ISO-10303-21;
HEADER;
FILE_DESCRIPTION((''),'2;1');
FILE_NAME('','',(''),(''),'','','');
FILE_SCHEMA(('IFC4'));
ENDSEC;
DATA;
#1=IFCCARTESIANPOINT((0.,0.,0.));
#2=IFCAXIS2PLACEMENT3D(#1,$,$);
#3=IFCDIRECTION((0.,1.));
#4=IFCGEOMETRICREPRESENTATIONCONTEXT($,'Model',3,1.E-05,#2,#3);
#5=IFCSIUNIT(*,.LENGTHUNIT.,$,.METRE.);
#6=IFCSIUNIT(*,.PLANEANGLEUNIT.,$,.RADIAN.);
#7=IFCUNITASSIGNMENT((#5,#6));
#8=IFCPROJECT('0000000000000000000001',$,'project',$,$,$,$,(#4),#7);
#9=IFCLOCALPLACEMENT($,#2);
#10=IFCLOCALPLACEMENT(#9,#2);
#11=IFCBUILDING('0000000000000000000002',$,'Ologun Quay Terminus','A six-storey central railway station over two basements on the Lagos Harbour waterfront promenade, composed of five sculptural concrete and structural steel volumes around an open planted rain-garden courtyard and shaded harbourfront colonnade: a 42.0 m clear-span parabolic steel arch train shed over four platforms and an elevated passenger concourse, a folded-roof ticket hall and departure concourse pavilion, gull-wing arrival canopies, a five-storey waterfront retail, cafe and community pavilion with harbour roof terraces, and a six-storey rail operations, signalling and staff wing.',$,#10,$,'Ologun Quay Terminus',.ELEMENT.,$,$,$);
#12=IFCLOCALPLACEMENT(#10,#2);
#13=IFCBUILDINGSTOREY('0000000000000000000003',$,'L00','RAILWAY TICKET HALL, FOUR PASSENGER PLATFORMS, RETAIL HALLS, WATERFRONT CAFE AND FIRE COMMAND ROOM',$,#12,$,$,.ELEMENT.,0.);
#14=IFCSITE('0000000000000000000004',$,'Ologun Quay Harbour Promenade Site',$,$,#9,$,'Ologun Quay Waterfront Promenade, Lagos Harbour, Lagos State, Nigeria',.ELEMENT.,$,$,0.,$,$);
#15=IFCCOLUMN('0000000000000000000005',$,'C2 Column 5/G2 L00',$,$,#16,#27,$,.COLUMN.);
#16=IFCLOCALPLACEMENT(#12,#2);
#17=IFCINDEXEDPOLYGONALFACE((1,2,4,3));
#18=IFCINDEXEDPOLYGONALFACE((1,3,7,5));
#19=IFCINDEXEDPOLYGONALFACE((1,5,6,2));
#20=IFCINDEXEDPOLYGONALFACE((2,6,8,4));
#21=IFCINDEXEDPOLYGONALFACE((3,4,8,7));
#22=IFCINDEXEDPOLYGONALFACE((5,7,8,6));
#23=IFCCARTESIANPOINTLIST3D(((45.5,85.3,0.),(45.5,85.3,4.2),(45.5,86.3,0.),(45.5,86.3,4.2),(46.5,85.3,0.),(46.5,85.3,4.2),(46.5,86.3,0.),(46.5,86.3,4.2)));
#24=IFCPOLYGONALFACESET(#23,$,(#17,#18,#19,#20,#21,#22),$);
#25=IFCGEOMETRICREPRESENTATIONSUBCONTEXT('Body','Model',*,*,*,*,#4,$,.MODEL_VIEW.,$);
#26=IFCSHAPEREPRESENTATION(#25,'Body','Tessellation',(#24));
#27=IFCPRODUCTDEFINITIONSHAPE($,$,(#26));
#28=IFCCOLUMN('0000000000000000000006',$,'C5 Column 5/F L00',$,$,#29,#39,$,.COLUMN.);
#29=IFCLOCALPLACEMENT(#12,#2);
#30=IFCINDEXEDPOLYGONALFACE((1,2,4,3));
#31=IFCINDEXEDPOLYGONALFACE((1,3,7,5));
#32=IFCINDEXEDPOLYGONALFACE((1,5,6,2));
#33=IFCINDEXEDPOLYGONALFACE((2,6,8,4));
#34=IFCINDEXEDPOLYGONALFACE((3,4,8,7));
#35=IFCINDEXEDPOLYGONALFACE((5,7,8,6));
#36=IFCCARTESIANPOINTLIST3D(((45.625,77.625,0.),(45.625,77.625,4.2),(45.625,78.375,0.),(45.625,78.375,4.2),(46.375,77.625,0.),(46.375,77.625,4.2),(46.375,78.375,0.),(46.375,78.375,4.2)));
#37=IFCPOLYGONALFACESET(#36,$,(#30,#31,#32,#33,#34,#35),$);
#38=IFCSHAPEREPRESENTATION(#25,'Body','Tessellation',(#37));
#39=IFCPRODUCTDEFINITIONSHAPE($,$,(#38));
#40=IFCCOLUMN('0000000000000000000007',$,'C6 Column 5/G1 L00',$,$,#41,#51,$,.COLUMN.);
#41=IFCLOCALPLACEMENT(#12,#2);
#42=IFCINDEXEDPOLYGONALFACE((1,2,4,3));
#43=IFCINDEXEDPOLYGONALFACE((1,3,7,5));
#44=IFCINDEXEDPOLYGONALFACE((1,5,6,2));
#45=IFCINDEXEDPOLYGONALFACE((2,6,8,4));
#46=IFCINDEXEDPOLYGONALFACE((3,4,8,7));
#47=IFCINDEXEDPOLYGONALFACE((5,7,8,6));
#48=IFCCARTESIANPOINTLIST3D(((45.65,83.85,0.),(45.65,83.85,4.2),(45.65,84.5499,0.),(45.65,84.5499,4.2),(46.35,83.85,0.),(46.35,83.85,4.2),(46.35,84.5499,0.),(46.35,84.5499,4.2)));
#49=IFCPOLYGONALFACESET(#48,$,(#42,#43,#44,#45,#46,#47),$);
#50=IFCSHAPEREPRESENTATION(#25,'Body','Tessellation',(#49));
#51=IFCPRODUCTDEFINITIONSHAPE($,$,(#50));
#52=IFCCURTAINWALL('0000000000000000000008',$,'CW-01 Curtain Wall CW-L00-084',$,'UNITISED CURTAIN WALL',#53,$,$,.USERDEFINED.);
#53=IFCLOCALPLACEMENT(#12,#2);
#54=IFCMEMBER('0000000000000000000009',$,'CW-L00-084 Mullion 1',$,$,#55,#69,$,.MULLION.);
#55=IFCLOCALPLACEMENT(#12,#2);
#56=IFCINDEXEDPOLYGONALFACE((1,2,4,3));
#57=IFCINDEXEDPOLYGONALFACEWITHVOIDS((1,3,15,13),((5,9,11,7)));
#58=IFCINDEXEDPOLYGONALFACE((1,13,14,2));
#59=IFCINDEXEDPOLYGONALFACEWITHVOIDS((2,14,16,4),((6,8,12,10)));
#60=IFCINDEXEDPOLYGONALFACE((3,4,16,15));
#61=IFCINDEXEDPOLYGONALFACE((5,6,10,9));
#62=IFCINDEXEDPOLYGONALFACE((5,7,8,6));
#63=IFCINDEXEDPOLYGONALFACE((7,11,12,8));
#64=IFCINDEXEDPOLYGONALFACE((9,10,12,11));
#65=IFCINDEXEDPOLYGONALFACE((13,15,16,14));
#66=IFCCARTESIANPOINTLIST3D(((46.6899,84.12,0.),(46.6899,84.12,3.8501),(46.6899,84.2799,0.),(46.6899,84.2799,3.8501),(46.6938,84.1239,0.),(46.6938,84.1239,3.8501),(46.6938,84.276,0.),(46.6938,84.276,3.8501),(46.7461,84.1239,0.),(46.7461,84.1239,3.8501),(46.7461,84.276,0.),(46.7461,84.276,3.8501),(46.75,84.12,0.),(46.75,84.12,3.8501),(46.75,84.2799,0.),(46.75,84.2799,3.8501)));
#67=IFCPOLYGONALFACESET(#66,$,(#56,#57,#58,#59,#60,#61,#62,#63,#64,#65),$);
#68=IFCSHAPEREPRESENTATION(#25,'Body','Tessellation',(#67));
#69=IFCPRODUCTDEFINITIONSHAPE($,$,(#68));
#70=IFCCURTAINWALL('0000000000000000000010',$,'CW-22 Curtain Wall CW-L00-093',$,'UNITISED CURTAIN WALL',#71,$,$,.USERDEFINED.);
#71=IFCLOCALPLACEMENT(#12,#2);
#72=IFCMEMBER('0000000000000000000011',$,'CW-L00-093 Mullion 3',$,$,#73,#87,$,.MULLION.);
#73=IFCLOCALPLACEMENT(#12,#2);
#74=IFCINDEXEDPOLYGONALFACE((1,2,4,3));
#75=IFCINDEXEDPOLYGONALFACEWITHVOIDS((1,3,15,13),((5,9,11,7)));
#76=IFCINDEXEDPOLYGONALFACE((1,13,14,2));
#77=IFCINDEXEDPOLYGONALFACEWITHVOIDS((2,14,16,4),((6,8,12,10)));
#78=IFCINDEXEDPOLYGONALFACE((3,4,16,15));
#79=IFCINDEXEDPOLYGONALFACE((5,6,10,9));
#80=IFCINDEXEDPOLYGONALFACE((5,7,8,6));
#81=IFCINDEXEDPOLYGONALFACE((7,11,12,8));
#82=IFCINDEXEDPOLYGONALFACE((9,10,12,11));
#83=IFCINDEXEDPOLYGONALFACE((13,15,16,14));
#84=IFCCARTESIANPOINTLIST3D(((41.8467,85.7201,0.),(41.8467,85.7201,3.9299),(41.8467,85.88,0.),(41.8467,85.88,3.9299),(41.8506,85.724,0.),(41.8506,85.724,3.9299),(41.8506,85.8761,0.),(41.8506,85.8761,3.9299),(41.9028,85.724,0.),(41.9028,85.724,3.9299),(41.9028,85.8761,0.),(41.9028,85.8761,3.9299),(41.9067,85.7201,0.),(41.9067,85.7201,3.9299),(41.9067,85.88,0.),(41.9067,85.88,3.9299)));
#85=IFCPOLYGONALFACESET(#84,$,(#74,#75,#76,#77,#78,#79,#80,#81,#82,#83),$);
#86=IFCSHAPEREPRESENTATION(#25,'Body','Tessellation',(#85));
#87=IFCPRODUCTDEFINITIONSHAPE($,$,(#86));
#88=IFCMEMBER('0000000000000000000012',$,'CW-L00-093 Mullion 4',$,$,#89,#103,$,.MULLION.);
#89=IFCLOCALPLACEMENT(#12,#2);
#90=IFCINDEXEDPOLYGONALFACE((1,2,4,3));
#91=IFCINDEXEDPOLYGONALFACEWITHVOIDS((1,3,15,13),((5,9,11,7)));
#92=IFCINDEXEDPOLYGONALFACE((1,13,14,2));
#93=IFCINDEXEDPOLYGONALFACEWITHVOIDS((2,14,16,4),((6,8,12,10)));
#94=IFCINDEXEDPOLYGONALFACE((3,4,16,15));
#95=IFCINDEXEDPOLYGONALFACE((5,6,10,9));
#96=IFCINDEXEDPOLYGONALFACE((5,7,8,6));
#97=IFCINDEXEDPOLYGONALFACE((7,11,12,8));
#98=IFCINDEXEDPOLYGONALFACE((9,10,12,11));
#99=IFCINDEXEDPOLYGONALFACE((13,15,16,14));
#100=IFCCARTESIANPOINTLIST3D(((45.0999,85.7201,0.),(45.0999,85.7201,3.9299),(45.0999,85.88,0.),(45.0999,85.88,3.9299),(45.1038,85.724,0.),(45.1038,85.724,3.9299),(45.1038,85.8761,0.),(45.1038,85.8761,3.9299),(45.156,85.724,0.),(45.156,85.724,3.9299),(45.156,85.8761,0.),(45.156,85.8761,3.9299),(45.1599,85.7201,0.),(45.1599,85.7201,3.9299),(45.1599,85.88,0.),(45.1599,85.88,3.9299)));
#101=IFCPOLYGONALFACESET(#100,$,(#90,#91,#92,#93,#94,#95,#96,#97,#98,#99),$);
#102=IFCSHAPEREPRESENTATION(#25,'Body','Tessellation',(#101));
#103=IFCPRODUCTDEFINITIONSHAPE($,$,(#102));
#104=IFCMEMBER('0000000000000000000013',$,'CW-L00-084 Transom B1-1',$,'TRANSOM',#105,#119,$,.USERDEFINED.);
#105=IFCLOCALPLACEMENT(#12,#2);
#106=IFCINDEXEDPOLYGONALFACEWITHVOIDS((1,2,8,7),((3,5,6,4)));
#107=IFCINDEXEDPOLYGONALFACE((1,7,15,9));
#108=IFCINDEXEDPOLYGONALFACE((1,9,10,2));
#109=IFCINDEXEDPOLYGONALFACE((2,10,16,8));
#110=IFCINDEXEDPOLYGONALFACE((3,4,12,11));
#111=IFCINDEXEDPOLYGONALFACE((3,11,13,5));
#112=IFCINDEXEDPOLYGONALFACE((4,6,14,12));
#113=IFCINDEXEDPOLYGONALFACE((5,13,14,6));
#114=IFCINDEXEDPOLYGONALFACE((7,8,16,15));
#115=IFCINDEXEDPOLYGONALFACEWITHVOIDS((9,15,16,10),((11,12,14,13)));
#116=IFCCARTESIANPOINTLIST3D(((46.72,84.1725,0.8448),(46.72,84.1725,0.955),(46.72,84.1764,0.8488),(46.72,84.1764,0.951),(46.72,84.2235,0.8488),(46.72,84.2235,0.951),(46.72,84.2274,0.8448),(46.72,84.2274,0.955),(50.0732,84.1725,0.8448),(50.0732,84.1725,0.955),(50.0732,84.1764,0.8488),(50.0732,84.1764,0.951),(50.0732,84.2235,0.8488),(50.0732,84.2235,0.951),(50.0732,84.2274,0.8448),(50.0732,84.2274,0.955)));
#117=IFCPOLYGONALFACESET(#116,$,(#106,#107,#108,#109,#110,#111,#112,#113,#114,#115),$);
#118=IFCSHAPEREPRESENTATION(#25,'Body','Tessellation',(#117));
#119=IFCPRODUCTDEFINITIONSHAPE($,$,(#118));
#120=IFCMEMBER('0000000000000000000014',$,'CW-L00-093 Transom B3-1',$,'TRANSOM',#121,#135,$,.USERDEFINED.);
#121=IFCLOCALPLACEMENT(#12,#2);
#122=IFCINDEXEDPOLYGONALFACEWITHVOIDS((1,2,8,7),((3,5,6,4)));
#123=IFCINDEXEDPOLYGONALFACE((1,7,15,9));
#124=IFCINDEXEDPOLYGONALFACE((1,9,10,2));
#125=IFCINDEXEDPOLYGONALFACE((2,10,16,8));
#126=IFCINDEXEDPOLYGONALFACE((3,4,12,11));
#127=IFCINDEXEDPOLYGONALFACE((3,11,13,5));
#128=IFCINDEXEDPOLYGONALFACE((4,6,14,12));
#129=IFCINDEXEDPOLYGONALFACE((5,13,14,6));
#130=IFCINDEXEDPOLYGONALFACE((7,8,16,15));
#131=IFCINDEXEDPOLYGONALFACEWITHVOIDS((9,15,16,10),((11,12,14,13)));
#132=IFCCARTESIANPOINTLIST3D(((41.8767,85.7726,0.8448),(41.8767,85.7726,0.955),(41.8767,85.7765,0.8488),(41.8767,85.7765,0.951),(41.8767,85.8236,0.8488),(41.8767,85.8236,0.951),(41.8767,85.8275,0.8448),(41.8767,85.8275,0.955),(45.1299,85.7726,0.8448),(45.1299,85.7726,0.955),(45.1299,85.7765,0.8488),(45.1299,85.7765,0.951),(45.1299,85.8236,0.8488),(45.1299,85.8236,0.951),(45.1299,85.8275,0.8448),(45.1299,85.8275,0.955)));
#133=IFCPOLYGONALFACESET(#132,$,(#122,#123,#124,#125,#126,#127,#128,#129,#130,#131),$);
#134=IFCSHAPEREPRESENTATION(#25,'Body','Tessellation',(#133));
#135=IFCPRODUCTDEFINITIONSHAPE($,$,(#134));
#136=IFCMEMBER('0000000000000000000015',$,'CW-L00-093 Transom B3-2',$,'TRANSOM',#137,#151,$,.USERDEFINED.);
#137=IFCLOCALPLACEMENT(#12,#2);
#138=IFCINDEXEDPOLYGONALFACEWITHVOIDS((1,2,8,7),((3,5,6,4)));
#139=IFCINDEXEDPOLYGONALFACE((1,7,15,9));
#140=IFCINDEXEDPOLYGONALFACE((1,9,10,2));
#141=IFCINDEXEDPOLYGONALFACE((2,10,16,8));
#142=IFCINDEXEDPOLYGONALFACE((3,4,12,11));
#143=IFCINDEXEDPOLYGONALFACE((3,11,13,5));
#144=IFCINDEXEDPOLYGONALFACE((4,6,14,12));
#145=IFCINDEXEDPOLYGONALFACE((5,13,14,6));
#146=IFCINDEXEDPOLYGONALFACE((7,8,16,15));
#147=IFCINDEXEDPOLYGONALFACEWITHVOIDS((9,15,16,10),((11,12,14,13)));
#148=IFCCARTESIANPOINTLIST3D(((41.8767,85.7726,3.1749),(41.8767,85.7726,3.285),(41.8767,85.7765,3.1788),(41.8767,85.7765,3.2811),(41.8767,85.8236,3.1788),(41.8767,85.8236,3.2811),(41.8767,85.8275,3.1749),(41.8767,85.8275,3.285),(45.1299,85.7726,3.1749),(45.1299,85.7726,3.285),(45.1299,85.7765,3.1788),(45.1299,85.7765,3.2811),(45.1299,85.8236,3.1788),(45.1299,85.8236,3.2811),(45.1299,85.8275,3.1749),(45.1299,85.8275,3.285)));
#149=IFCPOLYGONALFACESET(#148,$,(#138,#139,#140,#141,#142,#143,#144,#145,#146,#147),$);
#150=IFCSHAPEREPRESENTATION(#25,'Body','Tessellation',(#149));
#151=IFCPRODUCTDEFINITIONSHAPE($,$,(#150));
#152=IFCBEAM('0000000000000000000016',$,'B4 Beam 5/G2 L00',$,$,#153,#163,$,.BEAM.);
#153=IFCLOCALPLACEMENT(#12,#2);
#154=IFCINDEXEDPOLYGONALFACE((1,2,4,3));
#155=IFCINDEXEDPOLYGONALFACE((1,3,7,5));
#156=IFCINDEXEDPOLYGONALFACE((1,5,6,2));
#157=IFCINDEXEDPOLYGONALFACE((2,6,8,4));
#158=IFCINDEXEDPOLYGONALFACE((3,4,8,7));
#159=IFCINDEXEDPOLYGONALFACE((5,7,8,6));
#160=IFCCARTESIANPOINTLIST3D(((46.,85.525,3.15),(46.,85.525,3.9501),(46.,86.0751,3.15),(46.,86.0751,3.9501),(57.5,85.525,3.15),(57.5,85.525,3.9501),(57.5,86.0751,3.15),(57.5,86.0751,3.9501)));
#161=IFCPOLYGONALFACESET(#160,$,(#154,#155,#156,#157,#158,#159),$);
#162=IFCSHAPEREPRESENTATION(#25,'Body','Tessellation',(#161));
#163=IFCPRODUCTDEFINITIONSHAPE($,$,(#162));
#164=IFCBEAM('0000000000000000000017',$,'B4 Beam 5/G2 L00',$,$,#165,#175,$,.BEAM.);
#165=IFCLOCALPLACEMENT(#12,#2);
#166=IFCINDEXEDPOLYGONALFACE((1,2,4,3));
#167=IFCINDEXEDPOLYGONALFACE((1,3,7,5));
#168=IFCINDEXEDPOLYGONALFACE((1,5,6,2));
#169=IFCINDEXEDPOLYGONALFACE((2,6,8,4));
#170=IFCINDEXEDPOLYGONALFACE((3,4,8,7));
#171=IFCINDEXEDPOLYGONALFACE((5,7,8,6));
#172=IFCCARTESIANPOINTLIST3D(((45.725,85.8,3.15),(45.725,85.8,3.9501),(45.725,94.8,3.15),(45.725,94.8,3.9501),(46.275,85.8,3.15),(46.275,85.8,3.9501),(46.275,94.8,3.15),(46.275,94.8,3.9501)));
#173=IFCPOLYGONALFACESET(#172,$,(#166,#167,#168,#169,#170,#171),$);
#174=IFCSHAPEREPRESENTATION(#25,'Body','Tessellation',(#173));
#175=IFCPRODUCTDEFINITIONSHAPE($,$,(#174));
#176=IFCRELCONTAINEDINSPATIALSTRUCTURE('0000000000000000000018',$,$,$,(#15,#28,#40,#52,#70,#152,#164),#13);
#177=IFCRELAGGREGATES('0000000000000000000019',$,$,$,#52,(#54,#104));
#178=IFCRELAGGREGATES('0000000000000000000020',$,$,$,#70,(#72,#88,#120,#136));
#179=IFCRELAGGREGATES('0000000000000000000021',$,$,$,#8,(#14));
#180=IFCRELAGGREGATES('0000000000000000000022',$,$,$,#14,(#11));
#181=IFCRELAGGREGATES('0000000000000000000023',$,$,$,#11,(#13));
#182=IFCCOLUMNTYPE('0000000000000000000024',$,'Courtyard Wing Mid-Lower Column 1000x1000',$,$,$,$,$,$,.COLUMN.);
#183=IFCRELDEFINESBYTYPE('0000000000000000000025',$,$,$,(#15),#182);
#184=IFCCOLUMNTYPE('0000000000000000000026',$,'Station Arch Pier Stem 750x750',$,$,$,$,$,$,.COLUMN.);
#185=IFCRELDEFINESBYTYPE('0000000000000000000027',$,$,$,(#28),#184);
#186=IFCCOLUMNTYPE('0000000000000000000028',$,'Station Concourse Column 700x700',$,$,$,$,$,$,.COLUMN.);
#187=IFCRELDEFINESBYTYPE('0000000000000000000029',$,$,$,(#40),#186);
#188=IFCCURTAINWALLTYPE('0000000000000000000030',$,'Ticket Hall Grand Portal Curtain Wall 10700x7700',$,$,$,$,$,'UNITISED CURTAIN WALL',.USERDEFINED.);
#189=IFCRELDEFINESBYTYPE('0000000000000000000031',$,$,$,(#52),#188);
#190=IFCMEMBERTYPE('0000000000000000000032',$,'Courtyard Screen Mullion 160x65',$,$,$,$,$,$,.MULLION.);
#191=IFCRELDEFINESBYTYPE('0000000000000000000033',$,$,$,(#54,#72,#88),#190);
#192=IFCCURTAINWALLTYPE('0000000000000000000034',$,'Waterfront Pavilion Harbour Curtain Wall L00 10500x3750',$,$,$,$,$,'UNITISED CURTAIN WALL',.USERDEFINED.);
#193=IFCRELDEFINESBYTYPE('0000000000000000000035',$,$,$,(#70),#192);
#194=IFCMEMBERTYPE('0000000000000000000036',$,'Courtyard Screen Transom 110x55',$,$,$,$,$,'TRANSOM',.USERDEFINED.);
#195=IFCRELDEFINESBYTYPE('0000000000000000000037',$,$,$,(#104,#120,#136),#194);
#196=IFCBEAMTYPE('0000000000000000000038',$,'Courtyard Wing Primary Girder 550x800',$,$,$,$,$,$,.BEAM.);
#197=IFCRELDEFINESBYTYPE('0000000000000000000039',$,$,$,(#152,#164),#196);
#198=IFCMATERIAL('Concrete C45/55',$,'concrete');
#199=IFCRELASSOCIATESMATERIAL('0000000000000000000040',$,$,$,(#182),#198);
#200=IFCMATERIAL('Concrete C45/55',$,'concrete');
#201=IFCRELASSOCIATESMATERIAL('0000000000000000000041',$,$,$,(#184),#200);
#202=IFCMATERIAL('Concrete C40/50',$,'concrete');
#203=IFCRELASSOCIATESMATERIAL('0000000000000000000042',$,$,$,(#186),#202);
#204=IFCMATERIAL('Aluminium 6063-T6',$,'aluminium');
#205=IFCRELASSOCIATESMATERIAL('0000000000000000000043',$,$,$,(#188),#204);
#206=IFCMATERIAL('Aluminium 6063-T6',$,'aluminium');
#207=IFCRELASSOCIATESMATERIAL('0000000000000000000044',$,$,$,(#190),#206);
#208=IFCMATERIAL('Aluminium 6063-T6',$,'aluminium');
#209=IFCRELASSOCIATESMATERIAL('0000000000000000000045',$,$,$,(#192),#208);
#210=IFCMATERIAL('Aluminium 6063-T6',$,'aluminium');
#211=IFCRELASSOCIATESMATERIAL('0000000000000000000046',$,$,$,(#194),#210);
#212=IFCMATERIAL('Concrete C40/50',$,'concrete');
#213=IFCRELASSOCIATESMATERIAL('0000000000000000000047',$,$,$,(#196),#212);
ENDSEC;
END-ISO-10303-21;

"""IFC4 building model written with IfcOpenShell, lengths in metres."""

from ifc_helpers import new_model, si_unit, direction, frame, origin, origin_2d, place, context, subcontext, project, spatial, rectangle, hollow_rectangle, extrude, material, material_profile, profile_set, type_object, element, aggregate, save


model = new_model("IFC4")

# Units and contexts
model_context = context("Model", 3, precision=1e-05, world=origin(), true_north=direction((0.0, 1.0)))
body_context = subcontext(model_context, "Body", "Model", "MODEL_VIEW")
ifc_project = project(units=[si_unit("LENGTHUNIT", "METRE"), si_unit("PLANEANGLEUNIT", "RADIAN")], contexts=[model_context])

# Site, building, storey
site_placement = place(None, origin())
site = spatial("IfcSite", under=ifc_project, at=site_placement, Name="Ologun Quay Harbour Promenade Site", LongName="Ologun Quay Waterfront Promenade, Lagos Harbour, Lagos State, Nigeria", CompositionType="ELEMENT", RefElevation=0.0)
building_placement = place(site_placement, origin())
building = spatial("IfcBuilding", under=site, at=building_placement, Name="Ologun Quay Terminus", Description="A six-storey central railway station over two basements on the Lagos Harbour waterfront promenade, composed of five sculptural concrete and structural steel volumes around an open planted rain-garden courtyard and shaded harbourfront colonnade: a 42.0 m clear-span parabolic steel arch train shed over four platforms and an elevated passenger concourse, a folded-roof ticket hall and departure concourse pavilion, gull-wing arrival canopies, a five-storey waterfront retail, cafe and community pavilion with harbour roof terraces, and a six-storey rail operations, signalling and staff wing.", LongName="Ologun Quay Terminus", CompositionType="ELEMENT")
storey_placement = place(building_placement, origin())
storey = spatial("IfcBuildingStorey", under=building, at=storey_placement, Name="L00", Description="RAILWAY TICKET HALL, FOUR PASSENGER PLATFORMS, RETAIL HALLS, WATERFRONT CAFE AND FIRE COMMAND ROOM", CompositionType="ELEMENT", Elevation=0.0)

# Columns
ifc_material_1 = material(Name="Concrete C45/55", Category="concrete")
ifc_material_profile_1 = material_profile(ifc_material_1, rectangle(XDim=1.0, YDim=1.0, at=origin_2d()), Name="RC 1000x1000")
ifc_profile_set_1 = profile_set([ifc_material_profile_1], Name="Concrete C45/55")
column_type_1 = type_object("IfcColumnType", Name="Courtyard Wing Mid-Lower Column 1000x1000", PredefinedType="COLUMN", material=ifc_profile_set_1)
column_1_placement = place(storey_placement, frame((46.0, 85.8, 0.0), z_axis=(0.0, 0.0, 1.0), x_axis=(1.0, 0.0, 0.0)))
element("IfcColumn", 1, at=column_1_placement, inside=storey, type_object=column_type_1, Name="C2 Column 5/G2 L00", PredefinedType="COLUMN", context=body_context, shape_type="SweptSolid", body=[
    extrude(rectangle(XDim=1.0, YDim=1.0, at=origin_2d()), origin(), (0.0, 0.0, 1.0), 4.2),
])
ifc_material_2 = material(Name="Concrete C45/55", Category="concrete")
ifc_material_profile_2 = material_profile(ifc_material_2, rectangle(XDim=0.75, YDim=0.75, at=origin_2d()), Name="RC 750x750")
ifc_profile_set_2 = profile_set([ifc_material_profile_2], Name="Concrete C45/55")
column_type_2 = type_object("IfcColumnType", Name="Station Arch Pier Stem 750x750", PredefinedType="COLUMN", material=ifc_profile_set_2)
column_2_placement = place(storey_placement, frame((46.0, 78.0, 0.0), z_axis=(0.0, 0.0, 1.0), x_axis=(1.0, 0.0, 0.0)))
element("IfcColumn", 2, at=column_2_placement, inside=storey, type_object=column_type_2, Name="C5 Column 5/F L00", PredefinedType="COLUMN", context=body_context, shape_type="SweptSolid", body=[
    extrude(rectangle(XDim=0.75, YDim=0.75, at=origin_2d()), origin(), (0.0, 0.0, 1.0), 4.2),
])
ifc_material_3 = material(Name="Concrete C40/50", Category="concrete")
ifc_material_profile_3 = material_profile(ifc_material_3, rectangle(XDim=0.7, YDim=0.7, at=origin_2d()), Name="RC 700x700")
ifc_profile_set_3 = profile_set([ifc_material_profile_3], Name="Concrete C40/50")
column_type_3 = type_object("IfcColumnType", Name="Station Concourse Column 700x700", PredefinedType="COLUMN", material=ifc_profile_set_3)
column_3_placement = place(storey_placement, frame((46.0, 84.2, 0.0), z_axis=(0.0, 0.0, 1.0), x_axis=(1.0, 0.0, 0.0)))
element("IfcColumn", 3, at=column_3_placement, inside=storey, type_object=column_type_3, Name="C6 Column 5/G1 L00", PredefinedType="COLUMN", context=body_context, shape_type="SweptSolid", body=[
    extrude(rectangle(XDim=0.7, YDim=0.7, at=origin_2d()), origin(), (0.0, 0.0, 1.0), 4.2),
])

# Curtain wall, member
ifc_material_4 = material(Name="Aluminium 6063-T6", Category="aluminium")
curtain_wall_type_1 = type_object("IfcCurtainWallType", Name="Ticket Hall Grand Portal Curtain Wall 10700x7700", ElementType="UNITISED CURTAIN WALL", PredefinedType="USERDEFINED", material=ifc_material_4)
curtain_wall_1_placement = place(storey_placement, origin())
curtain_wall_1 = element("IfcCurtainWall", 4, at=curtain_wall_1_placement, inside=storey, type_object=curtain_wall_type_1, Name="CW-01 Curtain Wall CW-L00-084", ObjectType="UNITISED CURTAIN WALL", PredefinedType="USERDEFINED")
ifc_material_5 = material(Name="Aluminium 6063-T6", Category="aluminium")
ifc_material_profile_4 = material_profile(ifc_material_5, hollow_rectangle(XDim=0.0601, YDim=0.1599, WallThickness=0.0039, at=origin_2d()), Name="ALU 160x60x4")
ifc_profile_set_4 = profile_set([ifc_material_profile_4], Name="Aluminium 6063-T6")
member_type_1 = type_object("IfcMemberType", Name="Courtyard Screen Mullion 160x65", PredefinedType="MULLION", material=ifc_profile_set_4)
member_1_placement = place(storey_placement, frame((46.72, 84.2, 0.0), z_axis=(0.0, 0.0, 1.0), x_axis=(1.0, 0.0, 0.0)))
member_1 = element("IfcMember", 5, at=member_1_placement, type_object=member_type_1, Name="CW-L00-084 Mullion 1", PredefinedType="MULLION", context=body_context, shape_type="SweptSolid", body=[
    extrude(hollow_rectangle(XDim=0.0601, YDim=0.1599, WallThickness=0.0039, at=origin_2d()), origin(), (0.0, 0.0, 1.0), 3.8501),
])

# Curtain wall, members
ifc_material_6 = material(Name="Aluminium 6063-T6", Category="aluminium")
curtain_wall_type_2 = type_object("IfcCurtainWallType", Name="Waterfront Pavilion Harbour Curtain Wall L00 10500x3750", ElementType="UNITISED CURTAIN WALL", PredefinedType="USERDEFINED", material=ifc_material_6)
curtain_wall_2_placement = place(storey_placement, origin())
curtain_wall_2 = element("IfcCurtainWall", 6, at=curtain_wall_2_placement, inside=storey, type_object=curtain_wall_type_2, Name="CW-22 Curtain Wall CW-L00-093", ObjectType="UNITISED CURTAIN WALL", PredefinedType="USERDEFINED")
member_2_placement = place(storey_placement, frame((41.8767, 85.8, 0.0), z_axis=(0.0, 0.0, 1.0), x_axis=(1.0, 0.0, 0.0)))
member_2 = element("IfcMember", 7, at=member_2_placement, type_object=member_type_1, Name="CW-L00-093 Mullion 3", PredefinedType="MULLION", context=body_context, shape_type="SweptSolid", body=[
    extrude(hollow_rectangle(XDim=0.0601, YDim=0.1599, WallThickness=0.0039, at=origin_2d()), origin(), (0.0, 0.0, 1.0), 3.9299),
])
member_3_placement = place(storey_placement, frame((45.1299, 85.8, 0.0), z_axis=(0.0, 0.0, 1.0), x_axis=(1.0, 0.0, 0.0)))
member_3 = element("IfcMember", 8, at=member_3_placement, type_object=member_type_1, Name="CW-L00-093 Mullion 4", PredefinedType="MULLION", context=body_context, shape_type="SweptSolid", body=[
    extrude(hollow_rectangle(XDim=0.0601, YDim=0.1599, WallThickness=0.0039, at=origin_2d()), origin(), (0.0, 0.0, 1.0), 3.9299),
])

# Members
ifc_material_7 = material(Name="Aluminium 6063-T6", Category="aluminium")
ifc_material_profile_5 = material_profile(ifc_material_7, hollow_rectangle(XDim=0.0549, YDim=0.1101, WallThickness=0.0039, at=origin_2d()), Name="ALU 110x55x4")
ifc_profile_set_5 = profile_set([ifc_material_profile_5], Name="Aluminium 6063-T6")
member_type_2 = type_object("IfcMemberType", Name="Courtyard Screen Transom 110x55", ElementType="TRANSOM", PredefinedType="USERDEFINED", material=ifc_profile_set_5)
member_4_placement = place(storey_placement, frame((46.72, 84.2, 0.8999), z_axis=(1.0, 0.0, 0.0), x_axis=(0.0, 1.0, 0.0)))
member_4 = element("IfcMember", 9, at=member_4_placement, type_object=member_type_2, Name="CW-L00-084 Transom B1-1", ObjectType="TRANSOM", PredefinedType="USERDEFINED", context=body_context, shape_type="SweptSolid", body=[
    extrude(hollow_rectangle(XDim=0.0549, YDim=0.1101, WallThickness=0.0039, at=origin_2d()), origin(), (0.0, 0.0, 1.0), 3.3533),
])
aggregate(curtain_wall_1, [member_1, member_4])
member_5_placement = place(storey_placement, frame((41.8767, 85.8, 0.8999), z_axis=(1.0, 0.0, 0.0), x_axis=(0.0, 1.0, 0.0)))
member_5 = element("IfcMember", 10, at=member_5_placement, type_object=member_type_2, Name="CW-L00-093 Transom B3-1", ObjectType="TRANSOM", PredefinedType="USERDEFINED", context=body_context, shape_type="SweptSolid", body=[
    extrude(hollow_rectangle(XDim=0.0549, YDim=0.1101, WallThickness=0.0039, at=origin_2d()), origin(), (0.0, 0.0, 1.0), 3.2532),
])
member_6_placement = place(storey_placement, frame((41.8767, 85.8, 3.23), z_axis=(1.0, 0.0, 0.0), x_axis=(0.0, 1.0, 0.0)))
member_6 = element("IfcMember", 11, at=member_6_placement, type_object=member_type_2, Name="CW-L00-093 Transom B3-2", ObjectType="TRANSOM", PredefinedType="USERDEFINED", context=body_context, shape_type="SweptSolid", body=[
    extrude(hollow_rectangle(XDim=0.0549, YDim=0.1101, WallThickness=0.0039, at=origin_2d()), origin(), (0.0, 0.0, 1.0), 3.2532),
])

# Beams
ifc_material_8 = material(Name="Concrete C40/50", Category="concrete")
ifc_material_profile_6 = material_profile(ifc_material_8, rectangle(XDim=0.55, YDim=0.8, at=origin_2d()), Name="RC 550x800")
ifc_profile_set_6 = profile_set([ifc_material_profile_6], Name="Concrete C40/50")
beam_type_1 = type_object("IfcBeamType", Name="Courtyard Wing Primary Girder 550x800", PredefinedType="BEAM", material=ifc_profile_set_6)
beam_1_placement = place(storey_placement, frame((46.0, 85.8, 3.55), z_axis=(1.0, 0.0, 0.0), x_axis=(0.0, 1.0, 0.0)))
element("IfcBeam", 12, at=beam_1_placement, inside=storey, type_object=beam_type_1, Name="B4 Beam 5/G2 L00", PredefinedType="BEAM", context=body_context, shape_type="SweptSolid", body=[
    extrude(rectangle(XDim=0.55, YDim=0.8, at=origin_2d()), origin(), (0.0, 0.0, 1.0), 11.5),
])
beam_2_placement = place(storey_placement, frame((46.0, 85.8, 3.55), z_axis=(0.0, 1.0, 0.0), x_axis=(-1.0, 0.0, 0.0)))
element("IfcBeam", 13, at=beam_2_placement, inside=storey, type_object=beam_type_1, Name="B4 Beam 5/G2 L00", PredefinedType="BEAM", context=body_context, shape_type="SweptSolid", body=[
    extrude(rectangle(XDim=0.55, YDim=0.8, at=origin_2d()), origin(), (0.0, 0.0, 1.0), 9.0),
])

aggregate(curtain_wall_2, [member_2, member_3, member_5, member_6])

save(model, "model.ifc")
